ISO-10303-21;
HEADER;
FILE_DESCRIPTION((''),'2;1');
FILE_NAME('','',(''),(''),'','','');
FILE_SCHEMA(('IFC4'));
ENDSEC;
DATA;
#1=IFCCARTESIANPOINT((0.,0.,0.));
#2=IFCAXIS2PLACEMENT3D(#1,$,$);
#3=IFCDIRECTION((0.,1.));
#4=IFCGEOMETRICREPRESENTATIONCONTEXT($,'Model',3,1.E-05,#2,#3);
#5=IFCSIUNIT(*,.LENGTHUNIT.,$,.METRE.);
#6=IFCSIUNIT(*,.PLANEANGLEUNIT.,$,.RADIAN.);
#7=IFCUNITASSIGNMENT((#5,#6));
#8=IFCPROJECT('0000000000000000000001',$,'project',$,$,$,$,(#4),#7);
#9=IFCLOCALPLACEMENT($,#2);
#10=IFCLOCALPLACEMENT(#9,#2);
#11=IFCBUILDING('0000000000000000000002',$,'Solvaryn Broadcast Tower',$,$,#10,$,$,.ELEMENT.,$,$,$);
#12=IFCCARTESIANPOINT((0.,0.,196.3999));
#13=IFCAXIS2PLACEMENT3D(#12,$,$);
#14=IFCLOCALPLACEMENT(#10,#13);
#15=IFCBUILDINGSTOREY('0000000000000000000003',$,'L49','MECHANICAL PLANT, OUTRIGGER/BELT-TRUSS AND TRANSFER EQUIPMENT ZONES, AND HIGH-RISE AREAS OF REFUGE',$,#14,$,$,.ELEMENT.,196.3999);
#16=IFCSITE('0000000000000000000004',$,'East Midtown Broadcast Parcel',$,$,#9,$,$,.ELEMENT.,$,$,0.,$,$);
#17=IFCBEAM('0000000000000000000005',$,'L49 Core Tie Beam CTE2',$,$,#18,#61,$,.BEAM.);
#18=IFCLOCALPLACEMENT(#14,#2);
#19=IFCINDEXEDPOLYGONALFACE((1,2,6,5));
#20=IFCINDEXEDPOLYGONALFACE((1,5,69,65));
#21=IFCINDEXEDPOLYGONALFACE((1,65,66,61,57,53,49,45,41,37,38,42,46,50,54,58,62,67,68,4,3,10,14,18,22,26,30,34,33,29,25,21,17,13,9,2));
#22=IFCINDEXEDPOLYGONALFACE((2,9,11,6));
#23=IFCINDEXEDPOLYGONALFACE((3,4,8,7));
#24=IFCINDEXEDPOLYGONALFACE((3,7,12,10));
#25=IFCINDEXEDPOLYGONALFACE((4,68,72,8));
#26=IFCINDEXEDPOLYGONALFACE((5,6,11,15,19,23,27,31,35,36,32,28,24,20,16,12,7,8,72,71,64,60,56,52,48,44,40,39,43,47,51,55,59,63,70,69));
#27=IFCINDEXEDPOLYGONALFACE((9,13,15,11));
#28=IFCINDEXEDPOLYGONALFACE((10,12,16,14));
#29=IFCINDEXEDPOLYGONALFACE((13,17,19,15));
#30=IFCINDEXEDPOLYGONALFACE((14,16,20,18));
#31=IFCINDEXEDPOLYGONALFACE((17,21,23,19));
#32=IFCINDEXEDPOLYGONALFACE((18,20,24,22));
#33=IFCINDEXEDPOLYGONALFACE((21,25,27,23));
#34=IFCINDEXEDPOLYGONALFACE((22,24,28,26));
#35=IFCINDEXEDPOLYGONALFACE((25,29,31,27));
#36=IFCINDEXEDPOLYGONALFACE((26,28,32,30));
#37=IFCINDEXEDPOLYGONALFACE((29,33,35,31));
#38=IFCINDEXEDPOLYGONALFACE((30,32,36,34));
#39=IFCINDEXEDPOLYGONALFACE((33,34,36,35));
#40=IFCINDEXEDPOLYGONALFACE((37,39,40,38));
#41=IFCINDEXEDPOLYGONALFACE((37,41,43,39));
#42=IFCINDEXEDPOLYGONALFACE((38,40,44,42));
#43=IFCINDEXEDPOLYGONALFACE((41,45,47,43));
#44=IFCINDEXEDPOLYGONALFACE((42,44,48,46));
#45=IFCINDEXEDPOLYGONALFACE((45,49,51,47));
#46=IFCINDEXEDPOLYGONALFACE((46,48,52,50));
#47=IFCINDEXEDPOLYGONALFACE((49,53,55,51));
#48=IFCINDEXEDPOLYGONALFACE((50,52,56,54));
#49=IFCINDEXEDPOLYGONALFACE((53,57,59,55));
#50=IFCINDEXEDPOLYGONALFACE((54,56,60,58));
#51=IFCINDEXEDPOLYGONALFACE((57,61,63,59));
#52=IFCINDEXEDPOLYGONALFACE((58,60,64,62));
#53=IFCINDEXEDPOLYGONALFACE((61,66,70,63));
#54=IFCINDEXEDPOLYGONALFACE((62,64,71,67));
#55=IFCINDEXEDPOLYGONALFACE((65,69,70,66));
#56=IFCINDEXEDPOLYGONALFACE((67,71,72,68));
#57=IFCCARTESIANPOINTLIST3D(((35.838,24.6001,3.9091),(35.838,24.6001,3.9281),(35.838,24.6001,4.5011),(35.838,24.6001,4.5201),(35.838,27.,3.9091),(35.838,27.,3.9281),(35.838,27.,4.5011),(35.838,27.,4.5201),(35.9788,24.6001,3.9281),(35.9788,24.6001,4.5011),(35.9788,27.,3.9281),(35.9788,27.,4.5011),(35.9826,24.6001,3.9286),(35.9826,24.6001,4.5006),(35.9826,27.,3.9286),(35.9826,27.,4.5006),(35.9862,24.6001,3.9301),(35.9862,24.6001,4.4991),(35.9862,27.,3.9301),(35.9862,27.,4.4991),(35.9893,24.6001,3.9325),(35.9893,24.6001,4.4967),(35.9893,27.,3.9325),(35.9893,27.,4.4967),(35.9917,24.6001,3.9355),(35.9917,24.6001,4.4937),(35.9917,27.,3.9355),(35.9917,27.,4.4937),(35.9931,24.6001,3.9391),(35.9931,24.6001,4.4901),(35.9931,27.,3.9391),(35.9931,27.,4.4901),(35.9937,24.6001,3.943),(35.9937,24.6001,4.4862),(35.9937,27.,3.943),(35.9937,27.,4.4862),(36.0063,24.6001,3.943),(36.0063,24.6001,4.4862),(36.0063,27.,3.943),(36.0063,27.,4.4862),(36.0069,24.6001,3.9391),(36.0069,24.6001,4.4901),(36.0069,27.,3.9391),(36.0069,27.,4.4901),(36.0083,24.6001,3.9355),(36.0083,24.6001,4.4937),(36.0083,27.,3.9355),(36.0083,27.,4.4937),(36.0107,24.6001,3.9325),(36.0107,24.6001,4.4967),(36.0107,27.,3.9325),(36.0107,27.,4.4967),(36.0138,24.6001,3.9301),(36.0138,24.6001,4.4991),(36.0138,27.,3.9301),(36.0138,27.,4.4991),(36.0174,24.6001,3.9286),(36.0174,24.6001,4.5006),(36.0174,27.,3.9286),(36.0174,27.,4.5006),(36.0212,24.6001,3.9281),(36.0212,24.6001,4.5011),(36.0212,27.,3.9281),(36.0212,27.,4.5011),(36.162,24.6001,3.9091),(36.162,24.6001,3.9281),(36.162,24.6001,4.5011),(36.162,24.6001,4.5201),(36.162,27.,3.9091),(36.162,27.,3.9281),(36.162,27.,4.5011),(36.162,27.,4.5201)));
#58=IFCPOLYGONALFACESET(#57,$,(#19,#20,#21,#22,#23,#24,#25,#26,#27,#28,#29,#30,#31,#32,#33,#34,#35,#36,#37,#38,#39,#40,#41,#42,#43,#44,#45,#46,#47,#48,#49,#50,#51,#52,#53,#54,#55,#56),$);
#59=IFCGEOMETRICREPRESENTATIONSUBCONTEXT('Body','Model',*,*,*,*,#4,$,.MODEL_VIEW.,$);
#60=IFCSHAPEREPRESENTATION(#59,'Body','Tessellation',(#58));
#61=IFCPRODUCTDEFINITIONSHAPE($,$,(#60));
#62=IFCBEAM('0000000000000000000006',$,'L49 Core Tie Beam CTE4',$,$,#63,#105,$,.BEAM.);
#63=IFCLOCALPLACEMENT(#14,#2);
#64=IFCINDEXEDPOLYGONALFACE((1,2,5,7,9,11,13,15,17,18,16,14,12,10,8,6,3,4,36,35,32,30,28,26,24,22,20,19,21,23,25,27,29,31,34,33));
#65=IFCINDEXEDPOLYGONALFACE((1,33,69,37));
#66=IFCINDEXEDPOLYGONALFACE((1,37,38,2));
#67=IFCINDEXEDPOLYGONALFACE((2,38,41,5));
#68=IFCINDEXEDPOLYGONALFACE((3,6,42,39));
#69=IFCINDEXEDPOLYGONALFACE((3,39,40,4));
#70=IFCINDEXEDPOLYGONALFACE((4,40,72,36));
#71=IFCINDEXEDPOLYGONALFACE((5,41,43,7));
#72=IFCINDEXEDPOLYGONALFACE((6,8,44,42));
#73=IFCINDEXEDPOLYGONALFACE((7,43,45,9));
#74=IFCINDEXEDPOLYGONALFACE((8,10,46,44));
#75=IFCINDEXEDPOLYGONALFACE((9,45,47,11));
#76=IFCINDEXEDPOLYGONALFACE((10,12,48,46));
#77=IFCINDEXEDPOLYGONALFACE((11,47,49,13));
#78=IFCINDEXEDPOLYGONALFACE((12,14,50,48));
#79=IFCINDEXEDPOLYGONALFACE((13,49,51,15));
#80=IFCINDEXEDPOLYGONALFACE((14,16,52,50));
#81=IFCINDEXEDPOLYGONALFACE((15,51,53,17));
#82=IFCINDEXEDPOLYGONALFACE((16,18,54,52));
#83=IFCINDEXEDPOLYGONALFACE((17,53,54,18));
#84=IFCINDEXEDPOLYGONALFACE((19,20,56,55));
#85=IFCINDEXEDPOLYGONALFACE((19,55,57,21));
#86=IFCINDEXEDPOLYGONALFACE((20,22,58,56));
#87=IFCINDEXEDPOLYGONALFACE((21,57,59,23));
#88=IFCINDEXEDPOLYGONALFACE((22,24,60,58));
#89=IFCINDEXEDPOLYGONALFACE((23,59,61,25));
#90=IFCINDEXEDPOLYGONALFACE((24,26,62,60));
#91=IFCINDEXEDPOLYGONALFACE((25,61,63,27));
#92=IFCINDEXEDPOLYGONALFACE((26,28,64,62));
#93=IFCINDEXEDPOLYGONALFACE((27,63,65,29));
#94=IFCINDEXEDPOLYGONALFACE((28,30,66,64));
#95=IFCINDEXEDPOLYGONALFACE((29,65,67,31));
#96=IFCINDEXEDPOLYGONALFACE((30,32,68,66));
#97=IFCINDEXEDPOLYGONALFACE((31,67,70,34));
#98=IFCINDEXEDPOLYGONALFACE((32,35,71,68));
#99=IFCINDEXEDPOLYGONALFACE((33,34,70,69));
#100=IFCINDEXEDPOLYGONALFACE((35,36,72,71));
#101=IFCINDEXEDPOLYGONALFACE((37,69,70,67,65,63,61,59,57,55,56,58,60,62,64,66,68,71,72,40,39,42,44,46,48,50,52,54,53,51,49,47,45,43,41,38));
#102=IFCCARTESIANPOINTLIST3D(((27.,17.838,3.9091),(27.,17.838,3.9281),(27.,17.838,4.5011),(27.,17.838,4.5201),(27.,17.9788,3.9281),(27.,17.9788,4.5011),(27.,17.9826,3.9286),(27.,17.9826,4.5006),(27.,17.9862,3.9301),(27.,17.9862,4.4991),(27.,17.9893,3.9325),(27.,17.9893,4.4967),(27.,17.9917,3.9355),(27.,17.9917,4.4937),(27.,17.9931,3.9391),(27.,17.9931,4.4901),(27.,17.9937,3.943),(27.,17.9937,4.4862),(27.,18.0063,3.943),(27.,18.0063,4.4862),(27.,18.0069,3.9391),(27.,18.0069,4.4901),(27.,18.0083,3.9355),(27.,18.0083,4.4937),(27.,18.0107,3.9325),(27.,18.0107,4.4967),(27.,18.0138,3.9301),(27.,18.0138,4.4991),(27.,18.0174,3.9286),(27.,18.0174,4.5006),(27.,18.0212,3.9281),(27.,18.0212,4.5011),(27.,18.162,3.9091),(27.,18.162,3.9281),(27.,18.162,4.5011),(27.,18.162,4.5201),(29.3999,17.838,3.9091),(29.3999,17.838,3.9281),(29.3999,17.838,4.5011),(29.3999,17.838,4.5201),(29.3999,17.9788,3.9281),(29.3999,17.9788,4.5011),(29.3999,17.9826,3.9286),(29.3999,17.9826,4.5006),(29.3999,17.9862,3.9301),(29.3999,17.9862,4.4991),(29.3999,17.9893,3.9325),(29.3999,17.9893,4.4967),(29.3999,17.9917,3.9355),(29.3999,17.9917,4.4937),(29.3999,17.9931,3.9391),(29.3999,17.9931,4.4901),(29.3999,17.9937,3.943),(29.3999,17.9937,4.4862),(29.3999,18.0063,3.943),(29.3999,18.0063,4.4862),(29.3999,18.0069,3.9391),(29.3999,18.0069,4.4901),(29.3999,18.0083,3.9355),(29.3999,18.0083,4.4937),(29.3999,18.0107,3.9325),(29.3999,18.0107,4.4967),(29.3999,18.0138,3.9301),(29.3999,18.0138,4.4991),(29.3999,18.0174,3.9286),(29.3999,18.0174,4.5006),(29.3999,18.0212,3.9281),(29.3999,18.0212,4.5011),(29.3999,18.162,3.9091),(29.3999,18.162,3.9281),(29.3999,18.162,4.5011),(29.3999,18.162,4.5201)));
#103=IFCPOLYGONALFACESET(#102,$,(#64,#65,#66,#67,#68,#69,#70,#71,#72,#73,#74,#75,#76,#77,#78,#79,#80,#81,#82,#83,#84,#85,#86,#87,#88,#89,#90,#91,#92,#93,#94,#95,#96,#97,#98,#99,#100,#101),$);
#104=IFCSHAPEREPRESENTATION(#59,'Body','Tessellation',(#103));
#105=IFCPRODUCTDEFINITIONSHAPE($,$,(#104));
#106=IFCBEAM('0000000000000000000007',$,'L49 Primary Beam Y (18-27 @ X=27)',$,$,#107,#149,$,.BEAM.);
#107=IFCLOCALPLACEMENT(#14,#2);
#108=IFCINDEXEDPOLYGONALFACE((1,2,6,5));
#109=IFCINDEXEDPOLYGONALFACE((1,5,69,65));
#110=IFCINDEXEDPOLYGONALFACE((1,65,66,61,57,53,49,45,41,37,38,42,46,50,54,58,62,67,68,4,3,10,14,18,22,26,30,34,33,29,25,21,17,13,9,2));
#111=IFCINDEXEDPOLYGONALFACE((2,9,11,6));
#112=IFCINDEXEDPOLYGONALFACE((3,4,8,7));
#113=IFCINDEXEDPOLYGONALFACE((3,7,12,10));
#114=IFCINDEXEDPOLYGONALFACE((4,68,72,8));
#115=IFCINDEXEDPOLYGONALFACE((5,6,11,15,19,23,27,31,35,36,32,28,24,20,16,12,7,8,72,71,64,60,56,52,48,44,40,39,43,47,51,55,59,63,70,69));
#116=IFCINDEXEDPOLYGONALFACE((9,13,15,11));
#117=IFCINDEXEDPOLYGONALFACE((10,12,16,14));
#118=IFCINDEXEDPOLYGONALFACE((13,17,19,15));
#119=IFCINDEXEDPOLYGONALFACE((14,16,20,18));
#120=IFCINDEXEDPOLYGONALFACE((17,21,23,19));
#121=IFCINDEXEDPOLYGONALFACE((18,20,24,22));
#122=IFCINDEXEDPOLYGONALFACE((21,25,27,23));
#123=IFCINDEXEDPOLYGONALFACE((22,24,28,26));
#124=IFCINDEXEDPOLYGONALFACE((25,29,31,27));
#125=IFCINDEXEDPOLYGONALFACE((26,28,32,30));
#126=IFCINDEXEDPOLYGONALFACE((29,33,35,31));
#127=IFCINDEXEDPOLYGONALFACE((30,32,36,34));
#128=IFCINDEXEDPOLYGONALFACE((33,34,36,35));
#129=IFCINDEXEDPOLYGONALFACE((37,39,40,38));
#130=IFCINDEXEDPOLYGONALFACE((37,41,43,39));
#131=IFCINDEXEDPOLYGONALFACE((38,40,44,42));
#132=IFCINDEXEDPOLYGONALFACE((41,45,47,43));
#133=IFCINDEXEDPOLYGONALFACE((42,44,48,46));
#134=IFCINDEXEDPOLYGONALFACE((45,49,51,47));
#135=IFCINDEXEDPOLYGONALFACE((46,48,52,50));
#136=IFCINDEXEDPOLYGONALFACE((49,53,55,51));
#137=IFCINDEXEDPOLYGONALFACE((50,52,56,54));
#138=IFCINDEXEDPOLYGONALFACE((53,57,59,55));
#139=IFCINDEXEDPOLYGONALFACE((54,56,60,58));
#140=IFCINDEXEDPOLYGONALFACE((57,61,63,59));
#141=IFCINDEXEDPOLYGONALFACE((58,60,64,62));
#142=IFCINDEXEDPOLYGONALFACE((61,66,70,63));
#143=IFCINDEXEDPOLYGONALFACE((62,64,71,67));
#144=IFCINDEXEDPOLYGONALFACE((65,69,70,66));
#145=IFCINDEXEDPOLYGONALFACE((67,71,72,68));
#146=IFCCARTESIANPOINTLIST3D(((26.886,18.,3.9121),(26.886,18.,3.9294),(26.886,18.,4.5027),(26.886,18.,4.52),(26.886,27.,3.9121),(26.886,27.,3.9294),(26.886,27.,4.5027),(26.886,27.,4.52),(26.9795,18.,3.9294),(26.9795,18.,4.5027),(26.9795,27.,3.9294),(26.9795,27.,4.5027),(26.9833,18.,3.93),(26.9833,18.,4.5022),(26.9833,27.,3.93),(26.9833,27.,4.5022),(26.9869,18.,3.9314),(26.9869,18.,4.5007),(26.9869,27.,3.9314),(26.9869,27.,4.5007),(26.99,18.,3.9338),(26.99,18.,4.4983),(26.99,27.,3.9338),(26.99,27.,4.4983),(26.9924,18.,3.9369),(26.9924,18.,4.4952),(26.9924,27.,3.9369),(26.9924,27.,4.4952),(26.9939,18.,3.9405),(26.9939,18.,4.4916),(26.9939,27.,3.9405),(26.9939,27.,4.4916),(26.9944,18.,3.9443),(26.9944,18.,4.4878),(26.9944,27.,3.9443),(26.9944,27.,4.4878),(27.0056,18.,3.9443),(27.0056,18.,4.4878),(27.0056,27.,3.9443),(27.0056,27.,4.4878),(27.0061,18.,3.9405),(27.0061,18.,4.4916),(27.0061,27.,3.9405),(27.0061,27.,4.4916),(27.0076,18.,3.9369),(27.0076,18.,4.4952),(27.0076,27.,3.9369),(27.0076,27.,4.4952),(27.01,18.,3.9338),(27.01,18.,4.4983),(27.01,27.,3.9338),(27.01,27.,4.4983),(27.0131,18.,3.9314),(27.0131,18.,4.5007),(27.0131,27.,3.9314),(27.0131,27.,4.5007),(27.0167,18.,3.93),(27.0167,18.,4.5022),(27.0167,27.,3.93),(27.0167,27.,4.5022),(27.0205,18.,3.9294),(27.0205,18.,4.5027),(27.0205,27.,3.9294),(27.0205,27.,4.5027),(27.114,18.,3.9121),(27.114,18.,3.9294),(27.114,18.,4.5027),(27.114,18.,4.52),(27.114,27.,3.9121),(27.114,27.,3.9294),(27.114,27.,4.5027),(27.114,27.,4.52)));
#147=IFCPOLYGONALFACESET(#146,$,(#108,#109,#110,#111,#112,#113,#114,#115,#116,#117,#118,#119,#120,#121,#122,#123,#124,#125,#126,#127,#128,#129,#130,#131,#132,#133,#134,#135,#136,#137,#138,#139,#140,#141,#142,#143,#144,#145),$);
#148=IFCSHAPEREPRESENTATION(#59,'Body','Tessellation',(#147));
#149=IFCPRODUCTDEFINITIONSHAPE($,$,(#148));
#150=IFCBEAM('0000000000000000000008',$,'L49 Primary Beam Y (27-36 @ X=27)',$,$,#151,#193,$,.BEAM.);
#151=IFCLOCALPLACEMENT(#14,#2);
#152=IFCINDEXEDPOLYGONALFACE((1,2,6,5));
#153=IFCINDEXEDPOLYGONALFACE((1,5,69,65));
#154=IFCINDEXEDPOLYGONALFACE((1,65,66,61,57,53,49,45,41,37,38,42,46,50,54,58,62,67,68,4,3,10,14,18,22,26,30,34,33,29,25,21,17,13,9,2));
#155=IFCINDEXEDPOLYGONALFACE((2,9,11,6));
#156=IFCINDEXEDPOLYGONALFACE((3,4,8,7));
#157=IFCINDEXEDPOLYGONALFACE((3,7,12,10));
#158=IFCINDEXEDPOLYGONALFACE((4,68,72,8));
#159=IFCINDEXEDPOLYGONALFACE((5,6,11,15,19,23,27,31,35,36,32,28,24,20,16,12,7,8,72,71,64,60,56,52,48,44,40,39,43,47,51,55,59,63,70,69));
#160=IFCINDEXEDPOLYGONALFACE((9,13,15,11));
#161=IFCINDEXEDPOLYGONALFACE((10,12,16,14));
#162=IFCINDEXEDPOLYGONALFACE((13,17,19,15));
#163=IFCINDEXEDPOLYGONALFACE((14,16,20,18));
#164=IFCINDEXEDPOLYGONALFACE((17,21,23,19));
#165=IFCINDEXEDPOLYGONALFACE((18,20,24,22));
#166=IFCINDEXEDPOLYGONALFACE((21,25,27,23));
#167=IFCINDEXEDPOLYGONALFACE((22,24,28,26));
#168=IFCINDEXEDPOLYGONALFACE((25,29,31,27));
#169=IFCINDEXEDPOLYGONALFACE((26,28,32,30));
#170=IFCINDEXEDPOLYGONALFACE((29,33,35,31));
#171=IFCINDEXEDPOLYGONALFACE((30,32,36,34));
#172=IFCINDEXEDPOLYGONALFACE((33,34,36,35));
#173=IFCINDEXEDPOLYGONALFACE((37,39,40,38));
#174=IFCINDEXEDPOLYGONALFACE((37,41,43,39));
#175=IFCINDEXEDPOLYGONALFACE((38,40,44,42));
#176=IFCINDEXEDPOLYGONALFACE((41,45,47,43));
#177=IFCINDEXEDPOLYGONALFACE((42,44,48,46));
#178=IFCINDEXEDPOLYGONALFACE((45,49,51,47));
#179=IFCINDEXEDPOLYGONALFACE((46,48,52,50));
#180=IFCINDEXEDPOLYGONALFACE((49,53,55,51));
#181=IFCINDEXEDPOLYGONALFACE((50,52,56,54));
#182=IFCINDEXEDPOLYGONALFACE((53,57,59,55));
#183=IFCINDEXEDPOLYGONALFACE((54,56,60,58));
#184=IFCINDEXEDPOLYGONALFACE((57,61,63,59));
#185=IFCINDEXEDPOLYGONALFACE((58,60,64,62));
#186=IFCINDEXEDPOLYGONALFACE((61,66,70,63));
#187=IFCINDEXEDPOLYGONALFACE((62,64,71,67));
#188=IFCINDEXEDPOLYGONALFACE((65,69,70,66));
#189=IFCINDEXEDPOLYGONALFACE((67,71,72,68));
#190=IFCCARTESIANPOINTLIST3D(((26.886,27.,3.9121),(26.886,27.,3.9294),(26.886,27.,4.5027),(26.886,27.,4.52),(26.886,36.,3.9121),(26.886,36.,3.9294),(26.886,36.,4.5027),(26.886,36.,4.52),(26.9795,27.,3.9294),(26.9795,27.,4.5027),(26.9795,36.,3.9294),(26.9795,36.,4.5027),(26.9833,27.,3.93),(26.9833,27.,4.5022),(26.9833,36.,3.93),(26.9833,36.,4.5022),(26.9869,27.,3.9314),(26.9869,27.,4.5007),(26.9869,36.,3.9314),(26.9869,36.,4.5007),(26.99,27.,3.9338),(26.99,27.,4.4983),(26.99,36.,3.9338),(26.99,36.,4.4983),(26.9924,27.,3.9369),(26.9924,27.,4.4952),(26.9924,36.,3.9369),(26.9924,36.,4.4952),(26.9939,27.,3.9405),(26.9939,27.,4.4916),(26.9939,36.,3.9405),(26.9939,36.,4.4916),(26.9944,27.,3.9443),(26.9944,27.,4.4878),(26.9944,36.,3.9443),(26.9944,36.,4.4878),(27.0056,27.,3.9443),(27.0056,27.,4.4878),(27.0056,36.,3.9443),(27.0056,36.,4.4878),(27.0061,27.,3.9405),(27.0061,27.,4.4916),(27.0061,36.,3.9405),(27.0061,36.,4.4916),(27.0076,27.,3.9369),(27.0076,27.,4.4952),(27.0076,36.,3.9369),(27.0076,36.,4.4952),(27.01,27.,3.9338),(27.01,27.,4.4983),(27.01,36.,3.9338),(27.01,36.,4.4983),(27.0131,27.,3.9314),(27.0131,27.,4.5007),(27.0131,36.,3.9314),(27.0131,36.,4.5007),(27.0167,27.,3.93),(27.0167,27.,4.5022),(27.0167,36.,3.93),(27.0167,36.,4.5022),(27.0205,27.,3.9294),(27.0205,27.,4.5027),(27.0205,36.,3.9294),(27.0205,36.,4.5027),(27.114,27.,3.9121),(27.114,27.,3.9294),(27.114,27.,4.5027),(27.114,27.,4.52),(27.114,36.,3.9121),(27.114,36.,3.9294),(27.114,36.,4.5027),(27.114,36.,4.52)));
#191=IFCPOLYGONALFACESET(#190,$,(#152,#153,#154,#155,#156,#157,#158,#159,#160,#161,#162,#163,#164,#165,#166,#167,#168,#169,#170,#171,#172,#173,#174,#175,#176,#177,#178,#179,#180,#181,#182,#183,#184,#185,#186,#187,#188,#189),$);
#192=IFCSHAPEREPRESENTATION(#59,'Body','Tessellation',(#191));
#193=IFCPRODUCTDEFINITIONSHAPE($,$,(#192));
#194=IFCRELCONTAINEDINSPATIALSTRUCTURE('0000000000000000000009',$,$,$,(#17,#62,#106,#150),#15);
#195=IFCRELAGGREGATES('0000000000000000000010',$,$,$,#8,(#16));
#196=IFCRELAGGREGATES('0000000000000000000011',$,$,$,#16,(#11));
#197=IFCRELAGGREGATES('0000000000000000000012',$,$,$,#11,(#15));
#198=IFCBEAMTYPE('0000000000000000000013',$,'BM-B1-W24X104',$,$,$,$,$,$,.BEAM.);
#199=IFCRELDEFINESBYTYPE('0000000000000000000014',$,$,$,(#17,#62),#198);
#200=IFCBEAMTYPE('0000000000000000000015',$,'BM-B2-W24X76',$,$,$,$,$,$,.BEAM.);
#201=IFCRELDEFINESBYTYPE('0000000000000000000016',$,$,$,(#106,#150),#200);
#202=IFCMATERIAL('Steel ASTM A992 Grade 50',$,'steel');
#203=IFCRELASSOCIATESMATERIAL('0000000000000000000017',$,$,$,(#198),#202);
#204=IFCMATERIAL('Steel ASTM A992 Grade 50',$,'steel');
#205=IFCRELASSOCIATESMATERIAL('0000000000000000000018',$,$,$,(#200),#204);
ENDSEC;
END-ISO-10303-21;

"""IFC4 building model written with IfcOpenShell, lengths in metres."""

from ifc_helpers import new_model, si_unit, direction, frame, origin, origin_2d, place, context, subcontext, project, spatial, i_section, extrude, material, material_profile, profile_set, type_object, element, save


model = new_model("IFC4")

# Units and contexts
model_context = context("Model", 3, precision=1e-05, world=origin(), true_north=direction((0.0, 1.0)))
body_context = subcontext(model_context, "Body", "Model", "MODEL_VIEW")
ifc_project = project(units=[si_unit("LENGTHUNIT", "METRE"), si_unit("PLANEANGLEUNIT", "RADIAN")], contexts=[model_context])

# Site, building, storey
site_placement = place(None, origin())
site = spatial("IfcSite", under=ifc_project, at=site_placement, Name="East Midtown Broadcast Parcel", CompositionType="ELEMENT", RefElevation=0.0)
building_placement = place(site_placement, origin())
building = spatial("IfcBuilding", under=site, at=building_placement, Name="Solvaryn Broadcast Tower", CompositionType="ELEMENT")
storey_placement = place(building_placement, frame((0.0, 0.0, 196.3999)))
storey = spatial("IfcBuildingStorey", under=building, at=storey_placement, Name="L49", Description="MECHANICAL PLANT, OUTRIGGER/BELT-TRUSS AND TRANSFER EQUIPMENT ZONES, AND HIGH-RISE AREAS OF REFUGE", CompositionType="ELEMENT", Elevation=196.3999)

# Beams
ifc_material_1 = material(Name="Steel ASTM A992 Grade 50", Category="steel")
ifc_material_profile_1 = material_profile(ifc_material_1, i_section(OverallWidth=0.324, OverallDepth=0.6111, WebThickness=0.0127, FlangeThickness=0.019, FilletRadius=0.0149, at=origin_2d()))
ifc_profile_set_1 = profile_set([ifc_material_profile_1], Name="Steel ASTM A992 Grade 50")
beam_type_1 = type_object("IfcBeamType", Name="BM-B1-W24X104", PredefinedType="BEAM", material=ifc_profile_set_1)
for number, where, z_axis, x_axis, name in (
    (1, (36.0, 24.6001, 4.2146), (0.0, 1.0, 0.0), (-1.0, 0.0, 0.0), "L49 Core Tie Beam CTE2"),
    (2, (27.0, 18.0, 4.2146), (1.0, 0.0, 0.0), (0.0, 1.0, 0.0), "L49 Core Tie Beam CTE4"),
):
    element("IfcBeam", number, at=place(storey_placement, frame(where, z_axis=z_axis, x_axis=x_axis)), inside=storey, type_object=beam_type_1, Name=name, PredefinedType="BEAM", context=body_context, shape_type="SweptSolid", body=[
        extrude(i_section(OverallWidth=0.324, OverallDepth=0.6111, WebThickness=0.0127, FlangeThickness=0.019, FilletRadius=0.0149, at=origin_2d()), origin(), (0.0, 0.0, 1.0), 2.3999),
    ])
ifc_material_2 = material(Name="Steel ASTM A992 Grade 50", Category="steel")
ifc_material_profile_2 = material_profile(ifc_material_2, i_section(OverallWidth=0.228, OverallDepth=0.6079, WebThickness=0.0112, FlangeThickness=0.0173, FilletRadius=0.0149, at=origin_2d()))
ifc_profile_set_2 = profile_set([ifc_material_profile_2], Name="Steel ASTM A992 Grade 50")
beam_type_2 = type_object("IfcBeamType", Name="BM-B2-W24X76", PredefinedType="BEAM", material=ifc_profile_set_2)
for number, where, z_axis, x_axis, name in (
    (3, (27.0, 18.0, 4.2161), (0.0, 1.0, 0.0), (-1.0, 0.0, 0.0), "L49 Primary Beam Y (18-27 @ X=27)"),
    (4, (27.0, 27.0, 4.2161), (0.0, 1.0, 0.0), (-1.0, 0.0, 0.0), "L49 Primary Beam Y (27-36 @ X=27)"),
):
    element("IfcBeam", number, at=place(storey_placement, frame(where, z_axis=z_axis, x_axis=x_axis)), inside=storey, type_object=beam_type_2, Name=name, PredefinedType="BEAM", context=body_context, shape_type="SweptSolid", body=[
        extrude(i_section(OverallWidth=0.228, OverallDepth=0.6079, WebThickness=0.0112, FlangeThickness=0.0173, FilletRadius=0.0149, at=origin_2d()), origin(), (0.0, 0.0, 1.0), 9.0),
    ])

save(model, "model.ifc")
